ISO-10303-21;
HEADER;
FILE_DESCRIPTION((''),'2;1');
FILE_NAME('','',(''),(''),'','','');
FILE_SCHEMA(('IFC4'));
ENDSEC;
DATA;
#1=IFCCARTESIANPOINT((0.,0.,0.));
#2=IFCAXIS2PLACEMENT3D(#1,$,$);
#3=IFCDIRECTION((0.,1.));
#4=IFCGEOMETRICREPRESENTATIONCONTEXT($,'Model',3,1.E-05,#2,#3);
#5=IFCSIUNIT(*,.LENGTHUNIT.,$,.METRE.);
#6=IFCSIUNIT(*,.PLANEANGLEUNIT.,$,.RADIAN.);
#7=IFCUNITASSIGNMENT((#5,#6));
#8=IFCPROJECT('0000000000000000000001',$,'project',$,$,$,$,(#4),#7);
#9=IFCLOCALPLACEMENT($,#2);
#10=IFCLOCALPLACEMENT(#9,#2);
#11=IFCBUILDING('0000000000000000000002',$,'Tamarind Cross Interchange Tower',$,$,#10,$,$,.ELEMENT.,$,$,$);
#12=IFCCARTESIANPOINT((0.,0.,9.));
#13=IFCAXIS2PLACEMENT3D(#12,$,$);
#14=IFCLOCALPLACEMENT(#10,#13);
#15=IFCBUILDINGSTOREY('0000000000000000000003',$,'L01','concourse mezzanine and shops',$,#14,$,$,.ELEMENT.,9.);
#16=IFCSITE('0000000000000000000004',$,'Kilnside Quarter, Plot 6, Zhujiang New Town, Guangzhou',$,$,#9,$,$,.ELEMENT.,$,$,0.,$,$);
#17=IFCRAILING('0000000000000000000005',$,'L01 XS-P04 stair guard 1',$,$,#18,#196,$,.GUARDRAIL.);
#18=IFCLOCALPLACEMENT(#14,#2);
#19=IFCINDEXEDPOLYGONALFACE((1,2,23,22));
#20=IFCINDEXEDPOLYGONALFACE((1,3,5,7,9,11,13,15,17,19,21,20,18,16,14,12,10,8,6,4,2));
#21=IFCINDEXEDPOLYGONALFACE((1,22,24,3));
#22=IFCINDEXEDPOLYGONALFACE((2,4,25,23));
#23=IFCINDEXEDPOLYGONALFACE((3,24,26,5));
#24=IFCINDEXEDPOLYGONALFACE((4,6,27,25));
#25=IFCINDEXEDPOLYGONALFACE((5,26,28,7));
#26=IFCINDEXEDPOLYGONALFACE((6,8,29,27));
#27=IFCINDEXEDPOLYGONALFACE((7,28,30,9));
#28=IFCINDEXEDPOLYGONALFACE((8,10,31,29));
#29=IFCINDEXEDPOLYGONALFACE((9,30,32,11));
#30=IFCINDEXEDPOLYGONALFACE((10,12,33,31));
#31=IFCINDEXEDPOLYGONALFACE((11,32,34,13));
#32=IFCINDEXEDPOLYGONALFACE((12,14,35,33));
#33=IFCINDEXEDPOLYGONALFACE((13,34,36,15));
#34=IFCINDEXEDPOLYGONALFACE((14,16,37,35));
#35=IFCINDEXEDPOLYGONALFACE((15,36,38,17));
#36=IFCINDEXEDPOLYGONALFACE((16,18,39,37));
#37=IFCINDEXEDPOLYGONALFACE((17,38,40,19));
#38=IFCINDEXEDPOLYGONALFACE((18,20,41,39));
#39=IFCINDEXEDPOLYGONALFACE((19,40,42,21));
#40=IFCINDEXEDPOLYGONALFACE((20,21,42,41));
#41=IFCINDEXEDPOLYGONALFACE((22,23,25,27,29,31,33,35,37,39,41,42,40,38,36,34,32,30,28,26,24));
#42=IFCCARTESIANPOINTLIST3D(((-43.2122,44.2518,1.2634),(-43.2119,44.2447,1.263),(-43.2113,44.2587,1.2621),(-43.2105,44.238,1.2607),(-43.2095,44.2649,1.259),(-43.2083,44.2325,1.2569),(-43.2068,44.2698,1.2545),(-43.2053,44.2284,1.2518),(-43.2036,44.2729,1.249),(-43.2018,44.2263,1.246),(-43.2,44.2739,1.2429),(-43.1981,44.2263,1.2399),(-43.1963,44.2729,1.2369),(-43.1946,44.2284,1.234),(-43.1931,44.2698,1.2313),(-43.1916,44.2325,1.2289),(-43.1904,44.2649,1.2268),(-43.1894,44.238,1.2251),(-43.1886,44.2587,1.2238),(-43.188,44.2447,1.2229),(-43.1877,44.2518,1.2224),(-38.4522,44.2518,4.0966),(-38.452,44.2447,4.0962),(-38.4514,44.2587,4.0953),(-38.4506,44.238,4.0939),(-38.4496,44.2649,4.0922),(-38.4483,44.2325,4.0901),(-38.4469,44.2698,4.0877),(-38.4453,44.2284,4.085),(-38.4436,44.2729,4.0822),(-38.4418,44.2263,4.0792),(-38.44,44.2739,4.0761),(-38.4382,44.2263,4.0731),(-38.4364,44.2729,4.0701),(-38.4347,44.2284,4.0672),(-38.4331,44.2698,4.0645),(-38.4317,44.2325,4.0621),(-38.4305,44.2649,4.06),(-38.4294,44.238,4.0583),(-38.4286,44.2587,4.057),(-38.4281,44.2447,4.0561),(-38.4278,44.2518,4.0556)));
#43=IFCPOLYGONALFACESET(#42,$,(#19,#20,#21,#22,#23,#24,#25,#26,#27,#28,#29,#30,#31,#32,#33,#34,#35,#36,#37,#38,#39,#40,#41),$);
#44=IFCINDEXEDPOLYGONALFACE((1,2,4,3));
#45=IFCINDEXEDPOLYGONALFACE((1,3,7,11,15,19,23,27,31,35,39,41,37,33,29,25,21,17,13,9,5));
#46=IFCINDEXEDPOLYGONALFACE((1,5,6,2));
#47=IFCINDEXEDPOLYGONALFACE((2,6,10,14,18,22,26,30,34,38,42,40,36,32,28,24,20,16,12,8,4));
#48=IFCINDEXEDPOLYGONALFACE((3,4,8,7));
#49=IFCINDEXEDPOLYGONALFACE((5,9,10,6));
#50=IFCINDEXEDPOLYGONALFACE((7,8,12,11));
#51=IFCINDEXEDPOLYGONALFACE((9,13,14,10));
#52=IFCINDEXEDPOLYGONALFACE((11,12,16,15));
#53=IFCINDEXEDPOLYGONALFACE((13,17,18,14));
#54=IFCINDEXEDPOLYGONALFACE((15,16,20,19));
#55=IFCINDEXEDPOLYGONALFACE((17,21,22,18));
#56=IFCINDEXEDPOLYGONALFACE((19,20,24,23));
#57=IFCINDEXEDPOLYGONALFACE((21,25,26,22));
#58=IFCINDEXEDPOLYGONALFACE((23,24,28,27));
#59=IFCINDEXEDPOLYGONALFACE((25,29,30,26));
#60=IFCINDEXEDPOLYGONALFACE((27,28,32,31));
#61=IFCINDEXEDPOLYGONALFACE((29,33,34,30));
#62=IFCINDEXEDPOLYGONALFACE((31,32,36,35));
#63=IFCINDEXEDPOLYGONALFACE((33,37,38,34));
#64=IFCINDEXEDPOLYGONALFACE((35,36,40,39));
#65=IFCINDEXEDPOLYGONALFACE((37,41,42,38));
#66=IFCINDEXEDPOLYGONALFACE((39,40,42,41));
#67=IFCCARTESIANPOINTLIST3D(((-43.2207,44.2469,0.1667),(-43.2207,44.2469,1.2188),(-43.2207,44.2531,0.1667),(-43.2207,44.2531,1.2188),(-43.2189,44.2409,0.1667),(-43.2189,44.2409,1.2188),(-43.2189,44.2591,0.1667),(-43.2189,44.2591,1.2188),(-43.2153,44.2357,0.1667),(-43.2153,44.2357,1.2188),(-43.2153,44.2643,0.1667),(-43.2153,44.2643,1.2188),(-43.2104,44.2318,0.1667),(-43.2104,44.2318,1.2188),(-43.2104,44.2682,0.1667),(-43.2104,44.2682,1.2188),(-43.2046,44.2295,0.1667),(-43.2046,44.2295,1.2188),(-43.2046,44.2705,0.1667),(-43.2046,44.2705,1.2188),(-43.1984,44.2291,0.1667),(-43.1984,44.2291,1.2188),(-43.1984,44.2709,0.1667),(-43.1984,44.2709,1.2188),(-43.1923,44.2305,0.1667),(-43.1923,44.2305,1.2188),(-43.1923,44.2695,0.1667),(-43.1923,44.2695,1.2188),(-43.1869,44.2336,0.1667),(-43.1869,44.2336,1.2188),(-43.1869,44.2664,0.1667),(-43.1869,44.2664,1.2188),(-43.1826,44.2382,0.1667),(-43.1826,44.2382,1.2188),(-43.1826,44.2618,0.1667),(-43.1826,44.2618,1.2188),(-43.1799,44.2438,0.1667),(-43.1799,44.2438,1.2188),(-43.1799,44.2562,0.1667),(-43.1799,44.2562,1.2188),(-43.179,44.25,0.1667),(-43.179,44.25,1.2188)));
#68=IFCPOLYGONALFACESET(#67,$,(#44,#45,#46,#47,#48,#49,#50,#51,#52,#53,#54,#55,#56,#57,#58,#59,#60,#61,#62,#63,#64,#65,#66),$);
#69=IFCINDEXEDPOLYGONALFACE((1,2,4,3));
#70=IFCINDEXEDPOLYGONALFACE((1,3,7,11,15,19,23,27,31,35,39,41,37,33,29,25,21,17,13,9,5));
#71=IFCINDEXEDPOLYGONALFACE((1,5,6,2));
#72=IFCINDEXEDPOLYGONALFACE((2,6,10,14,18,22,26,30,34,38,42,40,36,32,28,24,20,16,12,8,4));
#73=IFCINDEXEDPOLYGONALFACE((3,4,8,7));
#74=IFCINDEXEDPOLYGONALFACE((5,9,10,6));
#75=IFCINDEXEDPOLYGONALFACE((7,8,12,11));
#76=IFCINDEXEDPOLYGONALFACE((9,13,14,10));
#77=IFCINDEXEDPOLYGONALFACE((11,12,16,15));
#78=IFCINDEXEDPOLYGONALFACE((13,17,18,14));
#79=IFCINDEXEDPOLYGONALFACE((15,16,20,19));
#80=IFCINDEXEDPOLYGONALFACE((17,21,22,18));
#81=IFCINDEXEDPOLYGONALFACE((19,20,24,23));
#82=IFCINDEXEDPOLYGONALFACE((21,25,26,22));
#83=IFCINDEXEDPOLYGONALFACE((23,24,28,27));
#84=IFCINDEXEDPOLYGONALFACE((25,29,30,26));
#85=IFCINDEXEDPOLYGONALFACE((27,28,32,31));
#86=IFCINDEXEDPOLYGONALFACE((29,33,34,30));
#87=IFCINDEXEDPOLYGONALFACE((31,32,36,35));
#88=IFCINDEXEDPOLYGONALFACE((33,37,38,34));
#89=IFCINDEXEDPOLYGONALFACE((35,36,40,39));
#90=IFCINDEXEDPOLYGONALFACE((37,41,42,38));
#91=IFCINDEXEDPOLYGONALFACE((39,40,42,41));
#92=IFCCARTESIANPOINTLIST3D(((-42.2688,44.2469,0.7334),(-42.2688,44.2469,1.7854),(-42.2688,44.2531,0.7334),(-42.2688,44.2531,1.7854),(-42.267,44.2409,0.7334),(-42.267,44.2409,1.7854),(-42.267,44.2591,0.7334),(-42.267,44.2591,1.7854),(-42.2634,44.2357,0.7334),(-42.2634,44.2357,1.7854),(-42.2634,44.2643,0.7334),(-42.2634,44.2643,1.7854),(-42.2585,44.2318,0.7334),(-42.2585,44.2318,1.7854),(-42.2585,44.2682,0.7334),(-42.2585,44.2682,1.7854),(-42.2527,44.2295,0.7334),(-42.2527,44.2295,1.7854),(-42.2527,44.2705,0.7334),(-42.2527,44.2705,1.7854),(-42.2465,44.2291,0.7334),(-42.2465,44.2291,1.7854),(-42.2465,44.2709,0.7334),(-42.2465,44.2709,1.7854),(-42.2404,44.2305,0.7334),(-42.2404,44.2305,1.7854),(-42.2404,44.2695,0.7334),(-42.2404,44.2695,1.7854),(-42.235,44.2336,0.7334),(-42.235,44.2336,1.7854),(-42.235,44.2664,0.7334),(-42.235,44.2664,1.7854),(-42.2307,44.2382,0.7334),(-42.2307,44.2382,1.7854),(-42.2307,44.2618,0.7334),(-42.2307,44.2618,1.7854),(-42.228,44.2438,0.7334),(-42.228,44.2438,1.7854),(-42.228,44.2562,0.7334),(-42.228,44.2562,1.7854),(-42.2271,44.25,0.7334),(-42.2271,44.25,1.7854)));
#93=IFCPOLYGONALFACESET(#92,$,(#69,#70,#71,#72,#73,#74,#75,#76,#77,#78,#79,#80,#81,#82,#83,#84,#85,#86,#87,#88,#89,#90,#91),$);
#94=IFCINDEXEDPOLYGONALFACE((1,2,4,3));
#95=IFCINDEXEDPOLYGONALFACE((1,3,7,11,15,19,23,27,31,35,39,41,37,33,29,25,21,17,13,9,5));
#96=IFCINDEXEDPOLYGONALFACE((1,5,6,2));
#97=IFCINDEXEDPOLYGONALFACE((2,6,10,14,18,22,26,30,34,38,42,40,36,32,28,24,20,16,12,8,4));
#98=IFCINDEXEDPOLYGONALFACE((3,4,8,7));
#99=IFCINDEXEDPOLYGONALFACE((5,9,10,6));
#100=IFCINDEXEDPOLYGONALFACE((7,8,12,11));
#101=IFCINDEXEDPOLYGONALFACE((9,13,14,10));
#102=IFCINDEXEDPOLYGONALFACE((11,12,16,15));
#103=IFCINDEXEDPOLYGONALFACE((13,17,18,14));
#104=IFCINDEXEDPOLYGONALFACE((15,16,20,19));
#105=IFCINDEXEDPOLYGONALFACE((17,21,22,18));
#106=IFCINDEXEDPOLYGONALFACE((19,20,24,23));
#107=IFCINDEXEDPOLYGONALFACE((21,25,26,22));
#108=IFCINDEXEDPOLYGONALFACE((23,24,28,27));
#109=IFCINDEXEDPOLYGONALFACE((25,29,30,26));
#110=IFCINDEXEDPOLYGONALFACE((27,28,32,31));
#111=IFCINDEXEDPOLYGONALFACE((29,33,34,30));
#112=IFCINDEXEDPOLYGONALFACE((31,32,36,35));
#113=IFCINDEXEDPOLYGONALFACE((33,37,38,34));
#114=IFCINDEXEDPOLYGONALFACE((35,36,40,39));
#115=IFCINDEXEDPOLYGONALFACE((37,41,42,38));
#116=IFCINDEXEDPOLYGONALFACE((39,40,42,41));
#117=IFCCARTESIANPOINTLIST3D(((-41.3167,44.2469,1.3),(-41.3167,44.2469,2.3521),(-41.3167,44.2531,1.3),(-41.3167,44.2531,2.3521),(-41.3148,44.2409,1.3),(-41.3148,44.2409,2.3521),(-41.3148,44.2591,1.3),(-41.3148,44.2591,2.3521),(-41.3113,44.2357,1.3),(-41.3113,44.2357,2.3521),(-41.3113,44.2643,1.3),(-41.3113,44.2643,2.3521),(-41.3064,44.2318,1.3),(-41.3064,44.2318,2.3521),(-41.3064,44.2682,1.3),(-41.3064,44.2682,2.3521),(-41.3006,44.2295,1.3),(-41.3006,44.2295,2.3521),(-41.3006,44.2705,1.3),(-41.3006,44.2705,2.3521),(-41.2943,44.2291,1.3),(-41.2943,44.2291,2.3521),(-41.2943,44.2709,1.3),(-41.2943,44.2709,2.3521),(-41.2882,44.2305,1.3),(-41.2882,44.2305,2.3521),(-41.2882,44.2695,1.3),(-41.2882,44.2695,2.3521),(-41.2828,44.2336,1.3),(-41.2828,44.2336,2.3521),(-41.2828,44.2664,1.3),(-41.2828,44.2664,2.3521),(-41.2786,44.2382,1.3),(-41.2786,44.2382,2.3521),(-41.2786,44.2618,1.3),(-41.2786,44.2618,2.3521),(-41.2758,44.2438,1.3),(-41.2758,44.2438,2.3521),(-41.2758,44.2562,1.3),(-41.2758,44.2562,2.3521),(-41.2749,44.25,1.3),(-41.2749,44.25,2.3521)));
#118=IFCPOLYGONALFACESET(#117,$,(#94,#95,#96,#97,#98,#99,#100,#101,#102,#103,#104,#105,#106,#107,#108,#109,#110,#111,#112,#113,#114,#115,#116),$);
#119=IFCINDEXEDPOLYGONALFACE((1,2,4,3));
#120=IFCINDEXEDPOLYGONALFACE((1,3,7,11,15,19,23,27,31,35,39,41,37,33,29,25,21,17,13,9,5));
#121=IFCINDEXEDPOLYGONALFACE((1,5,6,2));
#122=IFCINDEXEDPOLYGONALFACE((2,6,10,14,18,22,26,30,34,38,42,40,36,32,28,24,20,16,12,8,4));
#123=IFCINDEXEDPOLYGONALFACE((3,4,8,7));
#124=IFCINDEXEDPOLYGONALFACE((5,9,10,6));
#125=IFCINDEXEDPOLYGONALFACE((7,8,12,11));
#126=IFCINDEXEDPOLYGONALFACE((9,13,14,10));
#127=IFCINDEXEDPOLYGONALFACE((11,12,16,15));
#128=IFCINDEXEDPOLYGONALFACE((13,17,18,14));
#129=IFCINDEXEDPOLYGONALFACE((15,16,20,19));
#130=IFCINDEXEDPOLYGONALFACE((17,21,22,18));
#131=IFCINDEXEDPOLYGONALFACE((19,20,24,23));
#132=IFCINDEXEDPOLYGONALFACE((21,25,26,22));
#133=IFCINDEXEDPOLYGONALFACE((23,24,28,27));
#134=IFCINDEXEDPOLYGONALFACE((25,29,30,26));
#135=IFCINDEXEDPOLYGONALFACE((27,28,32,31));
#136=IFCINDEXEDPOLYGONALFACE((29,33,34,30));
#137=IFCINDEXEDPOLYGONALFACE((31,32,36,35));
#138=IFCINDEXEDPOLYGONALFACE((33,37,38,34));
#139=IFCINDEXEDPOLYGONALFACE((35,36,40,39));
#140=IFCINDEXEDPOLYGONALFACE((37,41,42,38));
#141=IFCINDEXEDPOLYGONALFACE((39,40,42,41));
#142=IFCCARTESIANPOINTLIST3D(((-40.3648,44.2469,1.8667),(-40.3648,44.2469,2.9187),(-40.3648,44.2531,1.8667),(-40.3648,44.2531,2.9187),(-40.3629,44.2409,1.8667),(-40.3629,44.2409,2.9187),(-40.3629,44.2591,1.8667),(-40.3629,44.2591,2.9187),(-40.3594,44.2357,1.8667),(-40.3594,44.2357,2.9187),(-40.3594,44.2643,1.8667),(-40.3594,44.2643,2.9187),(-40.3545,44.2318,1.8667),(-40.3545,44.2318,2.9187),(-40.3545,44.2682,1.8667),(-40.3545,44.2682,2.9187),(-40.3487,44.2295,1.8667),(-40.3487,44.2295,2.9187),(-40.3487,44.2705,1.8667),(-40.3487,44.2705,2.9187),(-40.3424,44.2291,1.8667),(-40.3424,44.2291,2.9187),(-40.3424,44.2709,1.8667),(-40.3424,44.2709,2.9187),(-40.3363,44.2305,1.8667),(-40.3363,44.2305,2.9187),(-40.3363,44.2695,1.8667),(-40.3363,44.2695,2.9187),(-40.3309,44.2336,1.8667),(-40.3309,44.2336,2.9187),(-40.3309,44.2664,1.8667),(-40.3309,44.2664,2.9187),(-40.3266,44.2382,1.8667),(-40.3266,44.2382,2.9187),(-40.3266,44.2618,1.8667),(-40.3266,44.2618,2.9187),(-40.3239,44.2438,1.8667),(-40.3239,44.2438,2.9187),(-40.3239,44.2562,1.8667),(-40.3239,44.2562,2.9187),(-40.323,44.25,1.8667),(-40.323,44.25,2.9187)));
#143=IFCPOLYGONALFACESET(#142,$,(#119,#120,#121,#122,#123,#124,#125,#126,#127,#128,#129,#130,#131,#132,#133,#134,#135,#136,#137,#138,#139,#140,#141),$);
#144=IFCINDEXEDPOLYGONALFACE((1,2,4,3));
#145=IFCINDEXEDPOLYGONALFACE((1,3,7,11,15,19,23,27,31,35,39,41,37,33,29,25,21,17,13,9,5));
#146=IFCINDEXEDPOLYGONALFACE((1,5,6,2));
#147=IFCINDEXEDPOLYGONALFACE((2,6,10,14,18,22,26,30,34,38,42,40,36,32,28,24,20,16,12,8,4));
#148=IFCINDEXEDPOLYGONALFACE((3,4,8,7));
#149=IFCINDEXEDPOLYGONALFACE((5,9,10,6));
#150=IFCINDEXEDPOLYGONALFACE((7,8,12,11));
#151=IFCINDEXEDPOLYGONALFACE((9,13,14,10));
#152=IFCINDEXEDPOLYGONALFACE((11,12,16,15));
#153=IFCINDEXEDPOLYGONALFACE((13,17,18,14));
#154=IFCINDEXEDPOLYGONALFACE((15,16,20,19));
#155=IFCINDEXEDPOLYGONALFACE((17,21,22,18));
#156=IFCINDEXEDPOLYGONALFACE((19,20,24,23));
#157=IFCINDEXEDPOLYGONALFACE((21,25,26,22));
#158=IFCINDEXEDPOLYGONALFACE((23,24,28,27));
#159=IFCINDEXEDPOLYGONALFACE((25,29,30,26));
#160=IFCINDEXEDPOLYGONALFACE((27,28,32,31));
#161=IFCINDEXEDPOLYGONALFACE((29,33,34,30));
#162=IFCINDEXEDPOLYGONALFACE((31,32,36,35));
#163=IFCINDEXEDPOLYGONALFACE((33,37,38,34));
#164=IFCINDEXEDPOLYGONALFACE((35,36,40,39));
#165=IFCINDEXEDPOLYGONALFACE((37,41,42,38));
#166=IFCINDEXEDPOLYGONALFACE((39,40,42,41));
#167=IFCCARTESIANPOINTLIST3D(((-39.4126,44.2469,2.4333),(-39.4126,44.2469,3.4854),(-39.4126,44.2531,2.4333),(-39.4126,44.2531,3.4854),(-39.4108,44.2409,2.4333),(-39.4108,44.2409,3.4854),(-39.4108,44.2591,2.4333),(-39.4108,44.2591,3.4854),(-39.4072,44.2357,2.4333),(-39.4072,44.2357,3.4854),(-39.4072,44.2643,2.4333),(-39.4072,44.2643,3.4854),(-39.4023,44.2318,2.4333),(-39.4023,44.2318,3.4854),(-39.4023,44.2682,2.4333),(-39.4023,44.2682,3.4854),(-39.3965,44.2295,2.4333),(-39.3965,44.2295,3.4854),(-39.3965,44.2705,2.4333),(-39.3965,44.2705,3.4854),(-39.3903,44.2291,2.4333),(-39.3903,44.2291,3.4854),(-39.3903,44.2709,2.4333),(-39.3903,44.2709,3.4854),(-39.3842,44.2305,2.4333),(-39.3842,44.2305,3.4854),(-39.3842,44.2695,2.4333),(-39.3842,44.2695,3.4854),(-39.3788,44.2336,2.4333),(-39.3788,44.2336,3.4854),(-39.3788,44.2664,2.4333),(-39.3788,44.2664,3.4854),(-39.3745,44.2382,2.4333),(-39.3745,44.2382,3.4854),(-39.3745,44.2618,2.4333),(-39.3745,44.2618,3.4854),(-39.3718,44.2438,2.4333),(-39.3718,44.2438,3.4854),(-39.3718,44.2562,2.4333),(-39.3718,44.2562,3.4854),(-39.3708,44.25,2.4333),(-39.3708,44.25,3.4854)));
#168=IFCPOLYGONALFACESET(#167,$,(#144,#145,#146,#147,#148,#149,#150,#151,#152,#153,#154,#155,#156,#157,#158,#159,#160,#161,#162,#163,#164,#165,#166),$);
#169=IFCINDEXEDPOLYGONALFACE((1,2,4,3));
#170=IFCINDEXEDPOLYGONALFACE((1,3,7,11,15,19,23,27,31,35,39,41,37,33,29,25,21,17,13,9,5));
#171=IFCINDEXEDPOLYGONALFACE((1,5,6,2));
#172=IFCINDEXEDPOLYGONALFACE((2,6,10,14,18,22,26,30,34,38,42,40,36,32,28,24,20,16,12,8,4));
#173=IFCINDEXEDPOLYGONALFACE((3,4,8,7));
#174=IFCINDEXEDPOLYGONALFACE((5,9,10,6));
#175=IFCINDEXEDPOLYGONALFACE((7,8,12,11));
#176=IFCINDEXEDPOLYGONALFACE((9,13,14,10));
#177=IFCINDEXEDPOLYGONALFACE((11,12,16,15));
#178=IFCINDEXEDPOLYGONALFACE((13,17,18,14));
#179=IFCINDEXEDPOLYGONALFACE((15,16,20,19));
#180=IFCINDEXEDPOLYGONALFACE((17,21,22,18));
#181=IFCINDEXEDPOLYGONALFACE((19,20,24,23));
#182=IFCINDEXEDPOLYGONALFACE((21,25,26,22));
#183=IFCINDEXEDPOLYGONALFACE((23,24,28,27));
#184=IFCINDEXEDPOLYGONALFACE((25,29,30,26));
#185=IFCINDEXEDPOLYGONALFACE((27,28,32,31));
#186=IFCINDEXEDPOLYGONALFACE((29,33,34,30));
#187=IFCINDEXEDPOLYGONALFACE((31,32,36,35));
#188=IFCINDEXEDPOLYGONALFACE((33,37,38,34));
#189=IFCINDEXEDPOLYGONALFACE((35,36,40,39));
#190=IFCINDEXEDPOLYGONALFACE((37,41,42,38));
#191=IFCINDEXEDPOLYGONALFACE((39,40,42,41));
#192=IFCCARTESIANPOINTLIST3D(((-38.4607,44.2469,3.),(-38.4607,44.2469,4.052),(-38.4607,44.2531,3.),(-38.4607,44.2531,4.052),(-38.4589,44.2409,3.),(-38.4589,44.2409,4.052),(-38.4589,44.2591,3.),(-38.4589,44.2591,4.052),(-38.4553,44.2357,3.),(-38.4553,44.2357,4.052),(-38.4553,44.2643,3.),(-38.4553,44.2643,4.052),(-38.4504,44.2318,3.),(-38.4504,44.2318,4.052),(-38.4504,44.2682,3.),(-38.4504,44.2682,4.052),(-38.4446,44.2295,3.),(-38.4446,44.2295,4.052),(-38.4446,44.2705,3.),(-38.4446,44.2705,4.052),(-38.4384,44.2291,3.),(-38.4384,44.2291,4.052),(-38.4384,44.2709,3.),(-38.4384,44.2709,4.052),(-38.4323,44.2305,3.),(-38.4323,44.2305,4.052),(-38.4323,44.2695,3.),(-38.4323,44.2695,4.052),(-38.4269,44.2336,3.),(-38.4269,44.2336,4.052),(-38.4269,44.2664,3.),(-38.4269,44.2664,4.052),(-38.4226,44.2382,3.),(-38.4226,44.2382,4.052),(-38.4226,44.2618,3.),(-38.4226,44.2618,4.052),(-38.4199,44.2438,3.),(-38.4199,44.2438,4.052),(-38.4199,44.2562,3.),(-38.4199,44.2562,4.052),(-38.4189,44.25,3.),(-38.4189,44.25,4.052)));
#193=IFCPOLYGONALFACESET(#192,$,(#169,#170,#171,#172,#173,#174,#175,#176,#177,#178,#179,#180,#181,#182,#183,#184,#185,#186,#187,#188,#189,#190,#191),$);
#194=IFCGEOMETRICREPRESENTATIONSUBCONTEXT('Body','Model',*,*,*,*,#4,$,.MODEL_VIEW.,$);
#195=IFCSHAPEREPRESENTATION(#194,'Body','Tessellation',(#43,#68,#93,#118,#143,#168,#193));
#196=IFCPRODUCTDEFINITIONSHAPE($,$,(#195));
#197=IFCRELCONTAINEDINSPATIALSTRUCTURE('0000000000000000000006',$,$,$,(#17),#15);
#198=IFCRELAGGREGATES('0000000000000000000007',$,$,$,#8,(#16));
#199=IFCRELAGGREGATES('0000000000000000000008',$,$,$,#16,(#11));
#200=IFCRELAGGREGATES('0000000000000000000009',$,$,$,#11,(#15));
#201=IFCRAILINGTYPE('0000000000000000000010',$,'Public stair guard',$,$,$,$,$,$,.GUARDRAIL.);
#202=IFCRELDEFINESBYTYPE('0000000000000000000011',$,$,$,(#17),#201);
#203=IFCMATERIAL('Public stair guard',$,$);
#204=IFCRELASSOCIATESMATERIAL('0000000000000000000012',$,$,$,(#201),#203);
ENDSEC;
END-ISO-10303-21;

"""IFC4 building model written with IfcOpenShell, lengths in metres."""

from ifc_helpers import new_model, si_unit, direction, frame, origin, origin_2d, place, context, subcontext, project, spatial, circle, extrude, material, type_object, element, save


model = new_model("IFC4")

# Units and contexts
model_context = context("Model", 3, precision=1e-05, world=origin(), true_north=direction((0.0, 1.0)))
body_context = subcontext(model_context, "Body", "Model", "MODEL_VIEW")
ifc_project = project(units=[si_unit("LENGTHUNIT", "METRE"), si_unit("PLANEANGLEUNIT", "RADIAN")], contexts=[model_context])

# Site, building, storey
site_placement = place(None, origin())
site = spatial("IfcSite", under=ifc_project, at=site_placement, Name="Kilnside Quarter, Plot 6, Zhujiang New Town, Guangzhou", CompositionType="ELEMENT", RefElevation=0.0)
building_placement = place(site_placement, origin())
building = spatial("IfcBuilding", under=site, at=building_placement, Name="Tamarind Cross Interchange Tower", CompositionType="ELEMENT")
storey_placement = place(building_placement, frame((0.0, 0.0, 9.0)))
storey = spatial("IfcBuildingStorey", under=building, at=storey_placement, Name="L01", Description="concourse mezzanine and shops", CompositionType="ELEMENT", Elevation=9.0)

# Railing
ifc_material_1 = material(Name="Public stair guard")
railing_type_1 = type_object("IfcRailingType", Name="Public stair guard", PredefinedType="GUARDRAIL", material=ifc_material_1)
railing_1_placement = place(storey_placement, frame((-43.2, 44.25, 0.1667)))
element("IfcRailing", 1, at=railing_1_placement, inside=storey, type_object=railing_type_1, Name="L01 XS-P04 stair guard 1", PredefinedType="GUARDRAIL", context=body_context, shape_type="SweptSolid", body=[
    extrude(circle(Radius=0.0239, at=origin_2d()), frame((0.0, 0.0, 1.0762), z_axis=(0.8593, 0.0, 0.511472), x_axis=(0.0, 1.0, 0.0)), (0.0, 0.0, 1.0), 5.5393),
    extrude(circle(Radius=0.021, at=origin_2d()), origin(), (0.0, 0.0, 1.0), 1.052),
    extrude(circle(Radius=0.021, at=origin_2d()), frame((0.9519, 0.0, 0.5667)), (0.0, 0.0, 1.0), 1.052),
    extrude(circle(Radius=0.021, at=origin_2d()), frame((1.9041, 0.0, 1.1333)), (0.0, 0.0, 1.0), 1.052),
    extrude(circle(Radius=0.021, at=origin_2d()), frame((2.856, 0.0, 1.7)), (0.0, 0.0, 1.0), 1.052),
    extrude(circle(Radius=0.021, at=origin_2d()), frame((3.8081, 0.0, 2.2666)), (0.0, 0.0, 1.0), 1.052),
    extrude(circle(Radius=0.021, at=origin_2d()), frame((4.76, 0.0, 2.8333)), (0.0, 0.0, 1.0), 1.052),
])

save(model, "model.ifc")
